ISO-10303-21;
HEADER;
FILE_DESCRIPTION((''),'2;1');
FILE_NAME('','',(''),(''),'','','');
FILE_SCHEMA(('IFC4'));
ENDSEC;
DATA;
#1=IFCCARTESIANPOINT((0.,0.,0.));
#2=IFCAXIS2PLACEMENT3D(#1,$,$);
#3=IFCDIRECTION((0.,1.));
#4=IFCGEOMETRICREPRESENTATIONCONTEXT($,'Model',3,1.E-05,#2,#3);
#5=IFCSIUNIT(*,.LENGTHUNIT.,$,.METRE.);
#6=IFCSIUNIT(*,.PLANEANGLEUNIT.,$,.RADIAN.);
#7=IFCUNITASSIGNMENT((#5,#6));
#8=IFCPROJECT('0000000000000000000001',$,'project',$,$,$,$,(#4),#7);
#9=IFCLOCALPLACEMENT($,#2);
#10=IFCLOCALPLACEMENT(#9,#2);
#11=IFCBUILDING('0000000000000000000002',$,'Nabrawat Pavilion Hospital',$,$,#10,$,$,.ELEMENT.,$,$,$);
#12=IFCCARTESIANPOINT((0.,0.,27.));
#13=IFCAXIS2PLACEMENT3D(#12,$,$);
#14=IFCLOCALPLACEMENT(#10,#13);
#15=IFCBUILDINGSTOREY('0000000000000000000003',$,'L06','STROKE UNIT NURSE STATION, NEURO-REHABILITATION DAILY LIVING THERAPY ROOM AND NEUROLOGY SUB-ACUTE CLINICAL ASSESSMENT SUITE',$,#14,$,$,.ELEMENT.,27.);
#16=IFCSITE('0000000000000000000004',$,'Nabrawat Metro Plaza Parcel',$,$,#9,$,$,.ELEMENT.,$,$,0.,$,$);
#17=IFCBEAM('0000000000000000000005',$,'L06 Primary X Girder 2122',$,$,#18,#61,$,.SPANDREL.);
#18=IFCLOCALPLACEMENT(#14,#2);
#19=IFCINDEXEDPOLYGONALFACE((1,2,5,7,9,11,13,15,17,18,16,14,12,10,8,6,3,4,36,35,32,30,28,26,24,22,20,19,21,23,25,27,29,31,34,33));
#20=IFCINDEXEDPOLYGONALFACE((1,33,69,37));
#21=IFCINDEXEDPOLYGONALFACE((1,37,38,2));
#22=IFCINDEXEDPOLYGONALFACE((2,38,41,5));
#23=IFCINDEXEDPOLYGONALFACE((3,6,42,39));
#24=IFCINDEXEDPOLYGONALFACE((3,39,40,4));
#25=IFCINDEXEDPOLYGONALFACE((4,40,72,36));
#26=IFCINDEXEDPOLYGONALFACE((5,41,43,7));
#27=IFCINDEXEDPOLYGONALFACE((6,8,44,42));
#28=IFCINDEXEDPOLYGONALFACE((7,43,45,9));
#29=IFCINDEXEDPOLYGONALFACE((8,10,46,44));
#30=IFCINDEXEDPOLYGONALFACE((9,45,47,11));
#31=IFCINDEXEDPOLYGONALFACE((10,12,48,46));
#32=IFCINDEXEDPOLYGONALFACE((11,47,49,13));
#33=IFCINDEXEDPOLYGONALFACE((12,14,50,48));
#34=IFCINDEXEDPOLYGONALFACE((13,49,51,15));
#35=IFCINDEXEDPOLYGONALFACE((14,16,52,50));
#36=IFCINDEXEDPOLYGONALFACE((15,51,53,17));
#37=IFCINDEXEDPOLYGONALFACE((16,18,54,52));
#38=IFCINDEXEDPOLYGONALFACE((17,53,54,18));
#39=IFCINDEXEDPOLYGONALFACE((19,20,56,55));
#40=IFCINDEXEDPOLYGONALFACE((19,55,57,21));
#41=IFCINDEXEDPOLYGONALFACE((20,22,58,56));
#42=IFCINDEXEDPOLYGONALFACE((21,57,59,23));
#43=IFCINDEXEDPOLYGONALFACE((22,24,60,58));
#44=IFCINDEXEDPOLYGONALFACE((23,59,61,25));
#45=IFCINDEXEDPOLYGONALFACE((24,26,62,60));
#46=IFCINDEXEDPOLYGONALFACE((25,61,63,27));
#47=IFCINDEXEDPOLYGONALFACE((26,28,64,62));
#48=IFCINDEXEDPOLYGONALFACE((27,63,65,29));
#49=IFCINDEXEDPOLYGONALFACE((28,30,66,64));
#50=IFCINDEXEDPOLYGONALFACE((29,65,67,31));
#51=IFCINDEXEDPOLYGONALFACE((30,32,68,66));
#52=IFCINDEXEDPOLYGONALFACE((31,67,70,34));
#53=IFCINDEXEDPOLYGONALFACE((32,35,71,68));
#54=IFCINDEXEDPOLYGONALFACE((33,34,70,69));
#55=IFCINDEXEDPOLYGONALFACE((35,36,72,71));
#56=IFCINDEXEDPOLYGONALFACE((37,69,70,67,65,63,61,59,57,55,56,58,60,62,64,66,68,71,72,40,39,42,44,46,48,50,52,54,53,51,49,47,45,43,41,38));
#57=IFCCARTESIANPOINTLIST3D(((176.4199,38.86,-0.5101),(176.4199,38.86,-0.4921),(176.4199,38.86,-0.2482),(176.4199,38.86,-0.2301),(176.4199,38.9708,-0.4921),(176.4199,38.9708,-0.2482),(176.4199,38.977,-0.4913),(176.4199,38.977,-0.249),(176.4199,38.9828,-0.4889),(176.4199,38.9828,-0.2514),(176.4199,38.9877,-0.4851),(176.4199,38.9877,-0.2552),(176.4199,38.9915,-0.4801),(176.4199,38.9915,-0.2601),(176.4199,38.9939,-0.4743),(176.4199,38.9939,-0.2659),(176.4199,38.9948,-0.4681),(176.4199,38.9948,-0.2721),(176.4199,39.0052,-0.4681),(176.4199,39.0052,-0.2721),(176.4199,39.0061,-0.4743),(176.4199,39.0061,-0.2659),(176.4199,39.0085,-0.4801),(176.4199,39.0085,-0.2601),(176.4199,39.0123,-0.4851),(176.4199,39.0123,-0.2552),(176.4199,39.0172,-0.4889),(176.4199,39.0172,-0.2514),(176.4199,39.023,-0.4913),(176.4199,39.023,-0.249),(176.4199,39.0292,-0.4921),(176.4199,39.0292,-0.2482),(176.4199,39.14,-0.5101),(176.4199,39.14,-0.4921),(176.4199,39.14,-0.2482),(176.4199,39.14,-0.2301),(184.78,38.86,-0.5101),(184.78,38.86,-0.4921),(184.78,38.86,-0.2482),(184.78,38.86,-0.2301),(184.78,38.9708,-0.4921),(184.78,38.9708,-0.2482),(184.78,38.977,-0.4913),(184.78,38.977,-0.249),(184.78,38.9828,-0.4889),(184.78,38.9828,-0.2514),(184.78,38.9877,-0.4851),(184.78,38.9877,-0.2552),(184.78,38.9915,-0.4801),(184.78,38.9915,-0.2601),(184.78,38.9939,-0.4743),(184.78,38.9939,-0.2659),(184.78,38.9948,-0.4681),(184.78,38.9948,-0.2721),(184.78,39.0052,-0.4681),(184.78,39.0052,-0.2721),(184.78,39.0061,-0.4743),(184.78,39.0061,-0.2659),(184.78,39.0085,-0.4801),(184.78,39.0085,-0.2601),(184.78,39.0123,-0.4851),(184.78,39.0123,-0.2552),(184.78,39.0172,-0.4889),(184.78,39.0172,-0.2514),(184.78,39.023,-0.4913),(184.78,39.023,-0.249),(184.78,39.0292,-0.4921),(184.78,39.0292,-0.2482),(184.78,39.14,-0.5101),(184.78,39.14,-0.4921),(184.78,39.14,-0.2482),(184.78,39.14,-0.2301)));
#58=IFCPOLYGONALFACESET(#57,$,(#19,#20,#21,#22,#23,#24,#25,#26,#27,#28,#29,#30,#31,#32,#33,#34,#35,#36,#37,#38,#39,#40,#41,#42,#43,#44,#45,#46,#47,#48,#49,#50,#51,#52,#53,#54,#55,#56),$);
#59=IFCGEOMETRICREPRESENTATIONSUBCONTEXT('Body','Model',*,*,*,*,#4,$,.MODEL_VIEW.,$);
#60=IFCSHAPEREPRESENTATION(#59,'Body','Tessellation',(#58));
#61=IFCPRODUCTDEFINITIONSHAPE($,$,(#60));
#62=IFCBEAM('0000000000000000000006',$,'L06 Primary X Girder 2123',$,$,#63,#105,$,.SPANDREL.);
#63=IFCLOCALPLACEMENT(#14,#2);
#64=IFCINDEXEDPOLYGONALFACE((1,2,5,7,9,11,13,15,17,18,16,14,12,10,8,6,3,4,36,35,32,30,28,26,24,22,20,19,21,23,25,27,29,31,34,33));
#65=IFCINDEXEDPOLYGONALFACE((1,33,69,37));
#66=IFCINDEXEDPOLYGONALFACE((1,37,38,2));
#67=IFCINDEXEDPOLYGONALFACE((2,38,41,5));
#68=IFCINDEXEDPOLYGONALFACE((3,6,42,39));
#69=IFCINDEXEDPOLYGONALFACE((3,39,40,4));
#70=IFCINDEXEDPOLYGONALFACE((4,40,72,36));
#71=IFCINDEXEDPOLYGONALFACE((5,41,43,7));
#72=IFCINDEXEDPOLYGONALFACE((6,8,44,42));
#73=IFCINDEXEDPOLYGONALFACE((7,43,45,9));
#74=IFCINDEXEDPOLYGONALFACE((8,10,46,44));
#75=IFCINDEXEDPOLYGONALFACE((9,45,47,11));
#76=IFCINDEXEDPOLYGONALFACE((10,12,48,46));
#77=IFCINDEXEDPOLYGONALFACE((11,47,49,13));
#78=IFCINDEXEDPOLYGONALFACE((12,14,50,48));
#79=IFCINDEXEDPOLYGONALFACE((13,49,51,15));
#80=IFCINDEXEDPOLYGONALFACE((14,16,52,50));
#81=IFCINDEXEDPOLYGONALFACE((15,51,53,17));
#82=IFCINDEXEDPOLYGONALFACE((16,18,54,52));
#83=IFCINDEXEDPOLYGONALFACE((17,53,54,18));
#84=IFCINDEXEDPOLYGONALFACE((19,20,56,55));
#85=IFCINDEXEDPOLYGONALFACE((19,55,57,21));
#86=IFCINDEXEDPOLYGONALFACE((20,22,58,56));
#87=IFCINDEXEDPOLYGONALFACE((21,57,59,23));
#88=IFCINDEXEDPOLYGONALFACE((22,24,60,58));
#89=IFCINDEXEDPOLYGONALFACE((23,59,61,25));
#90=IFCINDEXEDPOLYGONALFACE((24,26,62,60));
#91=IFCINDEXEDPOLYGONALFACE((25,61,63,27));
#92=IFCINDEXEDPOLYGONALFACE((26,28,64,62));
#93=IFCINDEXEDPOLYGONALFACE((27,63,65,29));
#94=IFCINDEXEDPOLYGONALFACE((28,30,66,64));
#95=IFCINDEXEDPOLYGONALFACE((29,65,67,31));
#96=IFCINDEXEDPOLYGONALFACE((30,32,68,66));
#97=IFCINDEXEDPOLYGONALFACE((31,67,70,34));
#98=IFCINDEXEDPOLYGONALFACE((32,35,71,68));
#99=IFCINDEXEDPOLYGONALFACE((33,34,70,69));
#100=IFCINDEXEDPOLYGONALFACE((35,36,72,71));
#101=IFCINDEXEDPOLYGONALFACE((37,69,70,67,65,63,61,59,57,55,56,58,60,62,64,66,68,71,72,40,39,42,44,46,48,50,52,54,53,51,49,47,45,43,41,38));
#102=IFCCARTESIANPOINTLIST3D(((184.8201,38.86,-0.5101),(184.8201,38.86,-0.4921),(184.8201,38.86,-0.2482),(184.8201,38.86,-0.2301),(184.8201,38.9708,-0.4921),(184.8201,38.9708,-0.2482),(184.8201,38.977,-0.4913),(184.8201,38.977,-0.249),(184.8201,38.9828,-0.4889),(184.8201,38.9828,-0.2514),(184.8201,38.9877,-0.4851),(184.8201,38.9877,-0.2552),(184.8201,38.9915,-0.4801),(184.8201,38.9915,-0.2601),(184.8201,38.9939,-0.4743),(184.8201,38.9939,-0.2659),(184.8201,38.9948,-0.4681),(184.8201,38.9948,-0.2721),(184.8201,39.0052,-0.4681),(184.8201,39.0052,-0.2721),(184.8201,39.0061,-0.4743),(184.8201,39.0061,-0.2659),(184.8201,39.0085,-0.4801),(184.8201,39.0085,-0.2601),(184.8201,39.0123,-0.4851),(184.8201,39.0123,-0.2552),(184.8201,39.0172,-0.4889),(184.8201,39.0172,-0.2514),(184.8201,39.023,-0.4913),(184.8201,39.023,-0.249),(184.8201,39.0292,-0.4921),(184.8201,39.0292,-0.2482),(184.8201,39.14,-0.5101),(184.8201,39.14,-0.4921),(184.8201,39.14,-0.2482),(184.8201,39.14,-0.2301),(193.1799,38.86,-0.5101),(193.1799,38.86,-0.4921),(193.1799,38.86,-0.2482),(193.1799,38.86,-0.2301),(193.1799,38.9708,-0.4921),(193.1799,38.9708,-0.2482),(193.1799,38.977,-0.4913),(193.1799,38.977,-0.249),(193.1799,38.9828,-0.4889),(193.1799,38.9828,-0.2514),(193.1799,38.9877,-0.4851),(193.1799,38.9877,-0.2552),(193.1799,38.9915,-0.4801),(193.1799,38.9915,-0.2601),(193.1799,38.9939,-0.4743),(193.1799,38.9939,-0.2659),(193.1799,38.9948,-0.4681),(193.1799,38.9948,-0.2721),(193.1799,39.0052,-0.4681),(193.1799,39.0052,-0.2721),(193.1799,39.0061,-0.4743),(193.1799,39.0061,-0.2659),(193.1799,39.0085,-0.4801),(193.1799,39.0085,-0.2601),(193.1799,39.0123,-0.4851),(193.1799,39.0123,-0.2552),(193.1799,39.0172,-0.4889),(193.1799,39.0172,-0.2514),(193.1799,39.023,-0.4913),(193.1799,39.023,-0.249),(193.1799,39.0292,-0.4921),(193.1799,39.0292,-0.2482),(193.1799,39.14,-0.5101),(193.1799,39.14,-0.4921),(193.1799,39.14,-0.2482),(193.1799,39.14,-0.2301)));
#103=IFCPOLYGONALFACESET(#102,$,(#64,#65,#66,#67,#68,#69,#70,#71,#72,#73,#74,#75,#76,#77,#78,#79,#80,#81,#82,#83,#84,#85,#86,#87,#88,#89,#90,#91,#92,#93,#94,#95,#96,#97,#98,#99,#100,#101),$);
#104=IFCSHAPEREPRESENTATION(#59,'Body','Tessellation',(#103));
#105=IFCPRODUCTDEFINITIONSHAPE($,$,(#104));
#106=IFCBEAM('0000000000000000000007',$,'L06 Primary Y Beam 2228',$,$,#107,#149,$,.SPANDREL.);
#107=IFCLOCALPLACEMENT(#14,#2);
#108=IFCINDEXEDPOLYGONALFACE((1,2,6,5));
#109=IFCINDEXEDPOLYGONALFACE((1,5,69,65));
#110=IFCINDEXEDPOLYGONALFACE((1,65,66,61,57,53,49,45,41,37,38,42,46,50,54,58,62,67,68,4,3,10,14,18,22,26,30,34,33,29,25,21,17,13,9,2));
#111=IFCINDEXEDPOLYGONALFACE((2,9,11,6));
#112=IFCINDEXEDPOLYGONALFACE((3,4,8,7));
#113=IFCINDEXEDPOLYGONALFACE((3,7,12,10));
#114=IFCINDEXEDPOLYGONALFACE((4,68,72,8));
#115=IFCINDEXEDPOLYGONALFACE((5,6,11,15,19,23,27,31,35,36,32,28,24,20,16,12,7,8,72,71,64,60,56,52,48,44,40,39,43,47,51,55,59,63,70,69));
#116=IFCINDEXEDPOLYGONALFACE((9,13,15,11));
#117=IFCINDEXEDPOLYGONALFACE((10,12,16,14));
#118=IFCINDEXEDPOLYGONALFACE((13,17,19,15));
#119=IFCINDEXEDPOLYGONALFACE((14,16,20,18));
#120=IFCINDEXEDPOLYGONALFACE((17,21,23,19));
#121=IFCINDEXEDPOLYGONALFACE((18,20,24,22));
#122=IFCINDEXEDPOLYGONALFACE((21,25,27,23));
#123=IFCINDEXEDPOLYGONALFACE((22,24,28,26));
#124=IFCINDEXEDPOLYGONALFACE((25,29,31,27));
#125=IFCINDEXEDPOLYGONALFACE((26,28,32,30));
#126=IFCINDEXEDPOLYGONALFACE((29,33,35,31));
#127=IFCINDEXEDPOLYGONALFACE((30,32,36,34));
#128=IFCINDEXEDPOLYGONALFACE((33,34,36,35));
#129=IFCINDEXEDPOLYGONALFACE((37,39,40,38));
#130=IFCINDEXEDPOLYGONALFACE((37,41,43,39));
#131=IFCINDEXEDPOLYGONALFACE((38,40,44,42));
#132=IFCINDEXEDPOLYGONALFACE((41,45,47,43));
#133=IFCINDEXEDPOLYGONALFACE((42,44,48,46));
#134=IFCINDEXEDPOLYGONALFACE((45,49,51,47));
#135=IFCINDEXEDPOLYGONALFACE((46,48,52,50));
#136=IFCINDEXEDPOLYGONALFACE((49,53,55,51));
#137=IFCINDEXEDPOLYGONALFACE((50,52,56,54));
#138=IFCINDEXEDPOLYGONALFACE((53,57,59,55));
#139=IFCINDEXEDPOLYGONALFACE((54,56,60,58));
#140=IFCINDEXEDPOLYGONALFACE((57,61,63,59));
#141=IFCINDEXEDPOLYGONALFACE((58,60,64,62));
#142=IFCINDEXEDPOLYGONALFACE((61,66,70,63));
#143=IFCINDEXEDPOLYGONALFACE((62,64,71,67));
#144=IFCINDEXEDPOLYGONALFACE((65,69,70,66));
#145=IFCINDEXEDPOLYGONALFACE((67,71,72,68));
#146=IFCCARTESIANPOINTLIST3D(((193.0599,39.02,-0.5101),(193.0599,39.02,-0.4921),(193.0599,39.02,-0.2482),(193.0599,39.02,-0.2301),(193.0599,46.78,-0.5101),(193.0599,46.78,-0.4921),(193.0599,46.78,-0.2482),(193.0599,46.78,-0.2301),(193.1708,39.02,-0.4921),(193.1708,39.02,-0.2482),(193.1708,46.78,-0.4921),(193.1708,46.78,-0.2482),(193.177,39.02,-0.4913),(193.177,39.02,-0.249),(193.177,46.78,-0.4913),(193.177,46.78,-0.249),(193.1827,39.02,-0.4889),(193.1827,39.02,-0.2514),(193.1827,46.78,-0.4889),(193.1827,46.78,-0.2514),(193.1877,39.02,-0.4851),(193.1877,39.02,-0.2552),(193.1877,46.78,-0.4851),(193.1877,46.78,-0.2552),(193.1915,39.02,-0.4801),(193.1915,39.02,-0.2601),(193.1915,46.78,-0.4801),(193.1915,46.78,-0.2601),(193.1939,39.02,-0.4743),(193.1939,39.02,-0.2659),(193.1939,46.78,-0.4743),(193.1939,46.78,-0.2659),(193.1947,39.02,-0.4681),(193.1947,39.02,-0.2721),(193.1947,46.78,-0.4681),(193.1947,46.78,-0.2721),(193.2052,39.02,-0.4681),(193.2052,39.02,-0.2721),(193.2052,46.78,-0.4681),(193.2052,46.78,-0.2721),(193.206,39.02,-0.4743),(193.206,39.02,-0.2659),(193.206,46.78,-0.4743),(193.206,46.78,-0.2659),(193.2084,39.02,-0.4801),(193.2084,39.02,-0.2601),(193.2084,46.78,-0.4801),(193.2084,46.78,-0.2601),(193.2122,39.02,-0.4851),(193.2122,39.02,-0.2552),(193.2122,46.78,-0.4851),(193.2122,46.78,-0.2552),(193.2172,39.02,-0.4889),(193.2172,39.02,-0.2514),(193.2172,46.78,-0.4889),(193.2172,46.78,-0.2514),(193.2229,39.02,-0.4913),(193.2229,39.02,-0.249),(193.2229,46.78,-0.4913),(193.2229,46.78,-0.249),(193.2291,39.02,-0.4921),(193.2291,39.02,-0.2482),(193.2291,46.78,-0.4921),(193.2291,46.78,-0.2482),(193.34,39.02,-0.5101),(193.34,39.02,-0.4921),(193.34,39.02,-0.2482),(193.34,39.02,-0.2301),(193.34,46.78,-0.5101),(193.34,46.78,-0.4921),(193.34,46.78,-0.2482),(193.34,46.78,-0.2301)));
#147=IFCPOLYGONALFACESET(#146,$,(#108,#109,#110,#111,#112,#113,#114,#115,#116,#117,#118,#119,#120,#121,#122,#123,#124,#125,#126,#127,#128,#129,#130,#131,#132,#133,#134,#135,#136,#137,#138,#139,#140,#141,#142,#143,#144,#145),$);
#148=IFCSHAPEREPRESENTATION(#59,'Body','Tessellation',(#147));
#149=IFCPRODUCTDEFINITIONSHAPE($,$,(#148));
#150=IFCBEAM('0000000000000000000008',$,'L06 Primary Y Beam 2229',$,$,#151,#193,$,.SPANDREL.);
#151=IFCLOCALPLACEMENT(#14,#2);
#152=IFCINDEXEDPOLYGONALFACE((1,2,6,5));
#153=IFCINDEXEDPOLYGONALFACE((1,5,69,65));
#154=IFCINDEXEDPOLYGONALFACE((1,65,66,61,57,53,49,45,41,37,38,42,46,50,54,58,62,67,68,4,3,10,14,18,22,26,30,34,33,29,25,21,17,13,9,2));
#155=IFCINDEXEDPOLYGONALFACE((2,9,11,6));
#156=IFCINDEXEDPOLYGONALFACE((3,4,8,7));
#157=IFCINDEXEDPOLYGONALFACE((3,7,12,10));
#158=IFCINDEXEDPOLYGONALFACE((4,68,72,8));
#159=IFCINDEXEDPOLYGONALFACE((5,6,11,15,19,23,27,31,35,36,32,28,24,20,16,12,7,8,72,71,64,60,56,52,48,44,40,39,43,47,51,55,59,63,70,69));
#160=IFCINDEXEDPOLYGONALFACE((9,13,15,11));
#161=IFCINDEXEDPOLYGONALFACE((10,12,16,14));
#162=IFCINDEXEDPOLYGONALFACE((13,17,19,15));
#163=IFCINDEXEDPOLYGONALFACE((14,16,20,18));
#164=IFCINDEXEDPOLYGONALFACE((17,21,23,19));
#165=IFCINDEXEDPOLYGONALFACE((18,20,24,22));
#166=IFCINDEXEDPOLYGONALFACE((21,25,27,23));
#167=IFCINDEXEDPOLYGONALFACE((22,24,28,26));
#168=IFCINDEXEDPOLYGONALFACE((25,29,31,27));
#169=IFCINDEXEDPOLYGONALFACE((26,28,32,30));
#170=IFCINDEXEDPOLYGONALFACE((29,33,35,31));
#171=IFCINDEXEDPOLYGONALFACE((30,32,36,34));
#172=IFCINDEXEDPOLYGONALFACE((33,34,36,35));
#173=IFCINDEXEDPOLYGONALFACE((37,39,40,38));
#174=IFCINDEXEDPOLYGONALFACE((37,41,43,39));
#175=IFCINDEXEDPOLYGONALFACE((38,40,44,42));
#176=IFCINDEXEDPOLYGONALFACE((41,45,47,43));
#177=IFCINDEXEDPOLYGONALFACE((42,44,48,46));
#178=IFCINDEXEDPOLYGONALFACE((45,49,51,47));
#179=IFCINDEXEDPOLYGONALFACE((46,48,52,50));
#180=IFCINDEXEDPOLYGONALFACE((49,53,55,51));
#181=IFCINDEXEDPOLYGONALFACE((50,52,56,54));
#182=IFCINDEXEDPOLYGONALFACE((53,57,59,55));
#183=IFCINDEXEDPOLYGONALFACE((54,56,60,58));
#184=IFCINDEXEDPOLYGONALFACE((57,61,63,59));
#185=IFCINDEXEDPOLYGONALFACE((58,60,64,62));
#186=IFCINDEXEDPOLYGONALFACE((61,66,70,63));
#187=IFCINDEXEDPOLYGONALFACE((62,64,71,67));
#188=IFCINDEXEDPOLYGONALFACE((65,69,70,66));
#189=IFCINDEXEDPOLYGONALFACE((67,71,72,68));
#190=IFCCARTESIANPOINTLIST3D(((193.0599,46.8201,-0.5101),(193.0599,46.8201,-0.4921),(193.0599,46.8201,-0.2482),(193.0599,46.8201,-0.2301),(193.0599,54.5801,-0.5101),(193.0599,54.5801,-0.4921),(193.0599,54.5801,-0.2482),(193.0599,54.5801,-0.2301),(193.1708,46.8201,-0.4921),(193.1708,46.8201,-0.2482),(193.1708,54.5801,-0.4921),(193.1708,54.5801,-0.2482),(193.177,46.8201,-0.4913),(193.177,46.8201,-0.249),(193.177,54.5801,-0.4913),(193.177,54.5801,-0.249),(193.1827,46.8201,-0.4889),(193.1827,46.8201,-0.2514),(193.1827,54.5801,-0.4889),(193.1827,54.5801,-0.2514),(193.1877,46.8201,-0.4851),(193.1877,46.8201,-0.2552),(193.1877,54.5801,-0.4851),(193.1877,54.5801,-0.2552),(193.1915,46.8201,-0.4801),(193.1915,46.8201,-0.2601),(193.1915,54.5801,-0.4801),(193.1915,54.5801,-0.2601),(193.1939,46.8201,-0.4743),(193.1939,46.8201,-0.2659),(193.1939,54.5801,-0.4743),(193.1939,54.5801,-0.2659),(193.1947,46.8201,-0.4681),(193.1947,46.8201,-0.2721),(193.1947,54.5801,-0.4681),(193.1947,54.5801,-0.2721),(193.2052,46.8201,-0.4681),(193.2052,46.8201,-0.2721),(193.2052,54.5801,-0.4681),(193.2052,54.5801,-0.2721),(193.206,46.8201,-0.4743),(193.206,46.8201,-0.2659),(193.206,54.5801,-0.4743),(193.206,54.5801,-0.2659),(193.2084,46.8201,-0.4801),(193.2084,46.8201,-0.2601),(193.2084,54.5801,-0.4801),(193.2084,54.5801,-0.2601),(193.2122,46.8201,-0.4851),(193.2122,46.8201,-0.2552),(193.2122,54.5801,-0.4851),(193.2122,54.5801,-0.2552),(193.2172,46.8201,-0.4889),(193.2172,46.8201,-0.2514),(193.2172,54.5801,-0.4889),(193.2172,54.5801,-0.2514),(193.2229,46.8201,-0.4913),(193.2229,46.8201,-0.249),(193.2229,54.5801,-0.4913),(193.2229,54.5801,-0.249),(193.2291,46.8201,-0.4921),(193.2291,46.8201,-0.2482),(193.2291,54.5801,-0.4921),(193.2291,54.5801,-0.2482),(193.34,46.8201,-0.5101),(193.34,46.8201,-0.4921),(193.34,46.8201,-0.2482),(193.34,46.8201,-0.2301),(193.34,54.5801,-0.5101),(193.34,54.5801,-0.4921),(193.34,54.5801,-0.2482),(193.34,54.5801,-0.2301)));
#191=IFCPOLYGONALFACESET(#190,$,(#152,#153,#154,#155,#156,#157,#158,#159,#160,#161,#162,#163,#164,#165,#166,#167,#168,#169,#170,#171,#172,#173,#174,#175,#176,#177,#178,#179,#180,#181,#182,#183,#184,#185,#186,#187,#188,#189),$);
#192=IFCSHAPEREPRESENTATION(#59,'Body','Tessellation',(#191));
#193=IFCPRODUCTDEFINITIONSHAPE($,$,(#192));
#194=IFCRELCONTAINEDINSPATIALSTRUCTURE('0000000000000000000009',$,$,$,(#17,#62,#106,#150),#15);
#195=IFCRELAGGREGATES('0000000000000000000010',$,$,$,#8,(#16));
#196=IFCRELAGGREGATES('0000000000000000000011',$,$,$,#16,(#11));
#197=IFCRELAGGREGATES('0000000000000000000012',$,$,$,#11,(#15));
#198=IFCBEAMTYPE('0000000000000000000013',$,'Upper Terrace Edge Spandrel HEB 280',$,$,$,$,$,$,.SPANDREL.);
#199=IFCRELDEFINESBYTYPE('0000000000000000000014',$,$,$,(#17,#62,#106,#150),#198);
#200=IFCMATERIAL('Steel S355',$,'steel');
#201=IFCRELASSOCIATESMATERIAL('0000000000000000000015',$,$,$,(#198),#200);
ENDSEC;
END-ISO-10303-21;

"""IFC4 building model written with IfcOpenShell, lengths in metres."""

from ifc_helpers import new_model, si_unit, direction, frame, origin, origin_2d, place, context, subcontext, project, spatial, i_section, extrude, material, material_profile, profile_set, type_object, element, save


model = new_model("IFC4")

# Units and contexts
model_context = context("Model", 3, precision=1e-05, world=origin(), true_north=direction((0.0, 1.0)))
body_context = subcontext(model_context, "Body", "Model", "MODEL_VIEW")
ifc_project = project(units=[si_unit("LENGTHUNIT", "METRE"), si_unit("PLANEANGLEUNIT", "RADIAN")], contexts=[model_context])

# Site, building, storey
site_placement = place(None, origin())
site = spatial("IfcSite", under=ifc_project, at=site_placement, Name="Nabrawat Metro Plaza Parcel", CompositionType="ELEMENT", RefElevation=0.0)
building_placement = place(site_placement, origin())
building = spatial("IfcBuilding", under=site, at=building_placement, Name="Nabrawat Pavilion Hospital", CompositionType="ELEMENT")
storey_placement = place(building_placement, frame((0.0, 0.0, 27.0)))
storey = spatial("IfcBuildingStorey", under=building, at=storey_placement, Name="L06", Description="STROKE UNIT NURSE STATION, NEURO-REHABILITATION DAILY LIVING THERAPY ROOM AND NEUROLOGY SUB-ACUTE CLINICAL ASSESSMENT SUITE", CompositionType="ELEMENT", Elevation=27.0)

# Shared definitions
ifc_material_1 = material(Name="Steel S355", Category="steel")

# Beams
ifc_material_profile_1 = material_profile(ifc_material_1, i_section(OverallWidth=0.28, OverallDepth=0.28, WebThickness=0.0105, FlangeThickness=0.0181, FilletRadius=0.0239, at=origin_2d()), Name="HEB 280")
ifc_profile_set_1 = profile_set([ifc_material_profile_1], Name="Steel S355")
beam_type_1 = type_object("IfcBeamType", Name="Upper Terrace Edge Spandrel HEB 280", PredefinedType="SPANDREL", material=ifc_profile_set_1)
beam_1_placement = place(storey_placement, frame((176.4199, 39.0, -0.3701), z_axis=(1.0, 0.0, 0.0), x_axis=(0.0, 1.0, 0.0)))
element("IfcBeam", 1, at=beam_1_placement, inside=storey, type_object=beam_type_1, Name="L06 Primary X Girder 2122", PredefinedType="SPANDREL", context=body_context, shape_type="SweptSolid", body=[
    extrude(i_section(OverallWidth=0.28, OverallDepth=0.28, WebThickness=0.0105, FlangeThickness=0.0181, FilletRadius=0.0239, at=origin_2d()), origin(), (0.0, 0.0, 1.0), 8.3601),
])
beam_2_placement = place(storey_placement, frame((184.8201, 39.0, -0.3701), z_axis=(1.0, 0.0, 0.0), x_axis=(0.0, 1.0, 0.0)))
element("IfcBeam", 2, at=beam_2_placement, inside=storey, type_object=beam_type_1, Name="L06 Primary X Girder 2123", PredefinedType="SPANDREL", context=body_context, shape_type="SweptSolid", body=[
    extrude(i_section(OverallWidth=0.28, OverallDepth=0.28, WebThickness=0.0105, FlangeThickness=0.0181, FilletRadius=0.0239, at=origin_2d()), origin(), (0.0, 0.0, 1.0), 8.3599),
])
for number, where, z_axis, x_axis, name in (
    (3, (193.2, 39.02, -0.3701), (0.0, 1.0, 0.0), (-1.0, 0.0, 0.0), "L06 Primary Y Beam 2228"),
    (4, (193.2, 46.8201, -0.3701), (0.0, 1.0, 0.0), (-1.0, 0.0, 0.0), "L06 Primary Y Beam 2229"),
):
    element("IfcBeam", number, at=place(storey_placement, frame(where, z_axis=z_axis, x_axis=x_axis)), inside=storey, type_object=beam_type_1, Name=name, PredefinedType="SPANDREL", context=body_context, shape_type="SweptSolid", body=[
        extrude(i_section(OverallWidth=0.28, OverallDepth=0.28, WebThickness=0.0105, FlangeThickness=0.0181, FilletRadius=0.0239, at=origin_2d()), origin(), (0.0, 0.0, 1.0), 7.76),
    ])

save(model, "model.ifc")
